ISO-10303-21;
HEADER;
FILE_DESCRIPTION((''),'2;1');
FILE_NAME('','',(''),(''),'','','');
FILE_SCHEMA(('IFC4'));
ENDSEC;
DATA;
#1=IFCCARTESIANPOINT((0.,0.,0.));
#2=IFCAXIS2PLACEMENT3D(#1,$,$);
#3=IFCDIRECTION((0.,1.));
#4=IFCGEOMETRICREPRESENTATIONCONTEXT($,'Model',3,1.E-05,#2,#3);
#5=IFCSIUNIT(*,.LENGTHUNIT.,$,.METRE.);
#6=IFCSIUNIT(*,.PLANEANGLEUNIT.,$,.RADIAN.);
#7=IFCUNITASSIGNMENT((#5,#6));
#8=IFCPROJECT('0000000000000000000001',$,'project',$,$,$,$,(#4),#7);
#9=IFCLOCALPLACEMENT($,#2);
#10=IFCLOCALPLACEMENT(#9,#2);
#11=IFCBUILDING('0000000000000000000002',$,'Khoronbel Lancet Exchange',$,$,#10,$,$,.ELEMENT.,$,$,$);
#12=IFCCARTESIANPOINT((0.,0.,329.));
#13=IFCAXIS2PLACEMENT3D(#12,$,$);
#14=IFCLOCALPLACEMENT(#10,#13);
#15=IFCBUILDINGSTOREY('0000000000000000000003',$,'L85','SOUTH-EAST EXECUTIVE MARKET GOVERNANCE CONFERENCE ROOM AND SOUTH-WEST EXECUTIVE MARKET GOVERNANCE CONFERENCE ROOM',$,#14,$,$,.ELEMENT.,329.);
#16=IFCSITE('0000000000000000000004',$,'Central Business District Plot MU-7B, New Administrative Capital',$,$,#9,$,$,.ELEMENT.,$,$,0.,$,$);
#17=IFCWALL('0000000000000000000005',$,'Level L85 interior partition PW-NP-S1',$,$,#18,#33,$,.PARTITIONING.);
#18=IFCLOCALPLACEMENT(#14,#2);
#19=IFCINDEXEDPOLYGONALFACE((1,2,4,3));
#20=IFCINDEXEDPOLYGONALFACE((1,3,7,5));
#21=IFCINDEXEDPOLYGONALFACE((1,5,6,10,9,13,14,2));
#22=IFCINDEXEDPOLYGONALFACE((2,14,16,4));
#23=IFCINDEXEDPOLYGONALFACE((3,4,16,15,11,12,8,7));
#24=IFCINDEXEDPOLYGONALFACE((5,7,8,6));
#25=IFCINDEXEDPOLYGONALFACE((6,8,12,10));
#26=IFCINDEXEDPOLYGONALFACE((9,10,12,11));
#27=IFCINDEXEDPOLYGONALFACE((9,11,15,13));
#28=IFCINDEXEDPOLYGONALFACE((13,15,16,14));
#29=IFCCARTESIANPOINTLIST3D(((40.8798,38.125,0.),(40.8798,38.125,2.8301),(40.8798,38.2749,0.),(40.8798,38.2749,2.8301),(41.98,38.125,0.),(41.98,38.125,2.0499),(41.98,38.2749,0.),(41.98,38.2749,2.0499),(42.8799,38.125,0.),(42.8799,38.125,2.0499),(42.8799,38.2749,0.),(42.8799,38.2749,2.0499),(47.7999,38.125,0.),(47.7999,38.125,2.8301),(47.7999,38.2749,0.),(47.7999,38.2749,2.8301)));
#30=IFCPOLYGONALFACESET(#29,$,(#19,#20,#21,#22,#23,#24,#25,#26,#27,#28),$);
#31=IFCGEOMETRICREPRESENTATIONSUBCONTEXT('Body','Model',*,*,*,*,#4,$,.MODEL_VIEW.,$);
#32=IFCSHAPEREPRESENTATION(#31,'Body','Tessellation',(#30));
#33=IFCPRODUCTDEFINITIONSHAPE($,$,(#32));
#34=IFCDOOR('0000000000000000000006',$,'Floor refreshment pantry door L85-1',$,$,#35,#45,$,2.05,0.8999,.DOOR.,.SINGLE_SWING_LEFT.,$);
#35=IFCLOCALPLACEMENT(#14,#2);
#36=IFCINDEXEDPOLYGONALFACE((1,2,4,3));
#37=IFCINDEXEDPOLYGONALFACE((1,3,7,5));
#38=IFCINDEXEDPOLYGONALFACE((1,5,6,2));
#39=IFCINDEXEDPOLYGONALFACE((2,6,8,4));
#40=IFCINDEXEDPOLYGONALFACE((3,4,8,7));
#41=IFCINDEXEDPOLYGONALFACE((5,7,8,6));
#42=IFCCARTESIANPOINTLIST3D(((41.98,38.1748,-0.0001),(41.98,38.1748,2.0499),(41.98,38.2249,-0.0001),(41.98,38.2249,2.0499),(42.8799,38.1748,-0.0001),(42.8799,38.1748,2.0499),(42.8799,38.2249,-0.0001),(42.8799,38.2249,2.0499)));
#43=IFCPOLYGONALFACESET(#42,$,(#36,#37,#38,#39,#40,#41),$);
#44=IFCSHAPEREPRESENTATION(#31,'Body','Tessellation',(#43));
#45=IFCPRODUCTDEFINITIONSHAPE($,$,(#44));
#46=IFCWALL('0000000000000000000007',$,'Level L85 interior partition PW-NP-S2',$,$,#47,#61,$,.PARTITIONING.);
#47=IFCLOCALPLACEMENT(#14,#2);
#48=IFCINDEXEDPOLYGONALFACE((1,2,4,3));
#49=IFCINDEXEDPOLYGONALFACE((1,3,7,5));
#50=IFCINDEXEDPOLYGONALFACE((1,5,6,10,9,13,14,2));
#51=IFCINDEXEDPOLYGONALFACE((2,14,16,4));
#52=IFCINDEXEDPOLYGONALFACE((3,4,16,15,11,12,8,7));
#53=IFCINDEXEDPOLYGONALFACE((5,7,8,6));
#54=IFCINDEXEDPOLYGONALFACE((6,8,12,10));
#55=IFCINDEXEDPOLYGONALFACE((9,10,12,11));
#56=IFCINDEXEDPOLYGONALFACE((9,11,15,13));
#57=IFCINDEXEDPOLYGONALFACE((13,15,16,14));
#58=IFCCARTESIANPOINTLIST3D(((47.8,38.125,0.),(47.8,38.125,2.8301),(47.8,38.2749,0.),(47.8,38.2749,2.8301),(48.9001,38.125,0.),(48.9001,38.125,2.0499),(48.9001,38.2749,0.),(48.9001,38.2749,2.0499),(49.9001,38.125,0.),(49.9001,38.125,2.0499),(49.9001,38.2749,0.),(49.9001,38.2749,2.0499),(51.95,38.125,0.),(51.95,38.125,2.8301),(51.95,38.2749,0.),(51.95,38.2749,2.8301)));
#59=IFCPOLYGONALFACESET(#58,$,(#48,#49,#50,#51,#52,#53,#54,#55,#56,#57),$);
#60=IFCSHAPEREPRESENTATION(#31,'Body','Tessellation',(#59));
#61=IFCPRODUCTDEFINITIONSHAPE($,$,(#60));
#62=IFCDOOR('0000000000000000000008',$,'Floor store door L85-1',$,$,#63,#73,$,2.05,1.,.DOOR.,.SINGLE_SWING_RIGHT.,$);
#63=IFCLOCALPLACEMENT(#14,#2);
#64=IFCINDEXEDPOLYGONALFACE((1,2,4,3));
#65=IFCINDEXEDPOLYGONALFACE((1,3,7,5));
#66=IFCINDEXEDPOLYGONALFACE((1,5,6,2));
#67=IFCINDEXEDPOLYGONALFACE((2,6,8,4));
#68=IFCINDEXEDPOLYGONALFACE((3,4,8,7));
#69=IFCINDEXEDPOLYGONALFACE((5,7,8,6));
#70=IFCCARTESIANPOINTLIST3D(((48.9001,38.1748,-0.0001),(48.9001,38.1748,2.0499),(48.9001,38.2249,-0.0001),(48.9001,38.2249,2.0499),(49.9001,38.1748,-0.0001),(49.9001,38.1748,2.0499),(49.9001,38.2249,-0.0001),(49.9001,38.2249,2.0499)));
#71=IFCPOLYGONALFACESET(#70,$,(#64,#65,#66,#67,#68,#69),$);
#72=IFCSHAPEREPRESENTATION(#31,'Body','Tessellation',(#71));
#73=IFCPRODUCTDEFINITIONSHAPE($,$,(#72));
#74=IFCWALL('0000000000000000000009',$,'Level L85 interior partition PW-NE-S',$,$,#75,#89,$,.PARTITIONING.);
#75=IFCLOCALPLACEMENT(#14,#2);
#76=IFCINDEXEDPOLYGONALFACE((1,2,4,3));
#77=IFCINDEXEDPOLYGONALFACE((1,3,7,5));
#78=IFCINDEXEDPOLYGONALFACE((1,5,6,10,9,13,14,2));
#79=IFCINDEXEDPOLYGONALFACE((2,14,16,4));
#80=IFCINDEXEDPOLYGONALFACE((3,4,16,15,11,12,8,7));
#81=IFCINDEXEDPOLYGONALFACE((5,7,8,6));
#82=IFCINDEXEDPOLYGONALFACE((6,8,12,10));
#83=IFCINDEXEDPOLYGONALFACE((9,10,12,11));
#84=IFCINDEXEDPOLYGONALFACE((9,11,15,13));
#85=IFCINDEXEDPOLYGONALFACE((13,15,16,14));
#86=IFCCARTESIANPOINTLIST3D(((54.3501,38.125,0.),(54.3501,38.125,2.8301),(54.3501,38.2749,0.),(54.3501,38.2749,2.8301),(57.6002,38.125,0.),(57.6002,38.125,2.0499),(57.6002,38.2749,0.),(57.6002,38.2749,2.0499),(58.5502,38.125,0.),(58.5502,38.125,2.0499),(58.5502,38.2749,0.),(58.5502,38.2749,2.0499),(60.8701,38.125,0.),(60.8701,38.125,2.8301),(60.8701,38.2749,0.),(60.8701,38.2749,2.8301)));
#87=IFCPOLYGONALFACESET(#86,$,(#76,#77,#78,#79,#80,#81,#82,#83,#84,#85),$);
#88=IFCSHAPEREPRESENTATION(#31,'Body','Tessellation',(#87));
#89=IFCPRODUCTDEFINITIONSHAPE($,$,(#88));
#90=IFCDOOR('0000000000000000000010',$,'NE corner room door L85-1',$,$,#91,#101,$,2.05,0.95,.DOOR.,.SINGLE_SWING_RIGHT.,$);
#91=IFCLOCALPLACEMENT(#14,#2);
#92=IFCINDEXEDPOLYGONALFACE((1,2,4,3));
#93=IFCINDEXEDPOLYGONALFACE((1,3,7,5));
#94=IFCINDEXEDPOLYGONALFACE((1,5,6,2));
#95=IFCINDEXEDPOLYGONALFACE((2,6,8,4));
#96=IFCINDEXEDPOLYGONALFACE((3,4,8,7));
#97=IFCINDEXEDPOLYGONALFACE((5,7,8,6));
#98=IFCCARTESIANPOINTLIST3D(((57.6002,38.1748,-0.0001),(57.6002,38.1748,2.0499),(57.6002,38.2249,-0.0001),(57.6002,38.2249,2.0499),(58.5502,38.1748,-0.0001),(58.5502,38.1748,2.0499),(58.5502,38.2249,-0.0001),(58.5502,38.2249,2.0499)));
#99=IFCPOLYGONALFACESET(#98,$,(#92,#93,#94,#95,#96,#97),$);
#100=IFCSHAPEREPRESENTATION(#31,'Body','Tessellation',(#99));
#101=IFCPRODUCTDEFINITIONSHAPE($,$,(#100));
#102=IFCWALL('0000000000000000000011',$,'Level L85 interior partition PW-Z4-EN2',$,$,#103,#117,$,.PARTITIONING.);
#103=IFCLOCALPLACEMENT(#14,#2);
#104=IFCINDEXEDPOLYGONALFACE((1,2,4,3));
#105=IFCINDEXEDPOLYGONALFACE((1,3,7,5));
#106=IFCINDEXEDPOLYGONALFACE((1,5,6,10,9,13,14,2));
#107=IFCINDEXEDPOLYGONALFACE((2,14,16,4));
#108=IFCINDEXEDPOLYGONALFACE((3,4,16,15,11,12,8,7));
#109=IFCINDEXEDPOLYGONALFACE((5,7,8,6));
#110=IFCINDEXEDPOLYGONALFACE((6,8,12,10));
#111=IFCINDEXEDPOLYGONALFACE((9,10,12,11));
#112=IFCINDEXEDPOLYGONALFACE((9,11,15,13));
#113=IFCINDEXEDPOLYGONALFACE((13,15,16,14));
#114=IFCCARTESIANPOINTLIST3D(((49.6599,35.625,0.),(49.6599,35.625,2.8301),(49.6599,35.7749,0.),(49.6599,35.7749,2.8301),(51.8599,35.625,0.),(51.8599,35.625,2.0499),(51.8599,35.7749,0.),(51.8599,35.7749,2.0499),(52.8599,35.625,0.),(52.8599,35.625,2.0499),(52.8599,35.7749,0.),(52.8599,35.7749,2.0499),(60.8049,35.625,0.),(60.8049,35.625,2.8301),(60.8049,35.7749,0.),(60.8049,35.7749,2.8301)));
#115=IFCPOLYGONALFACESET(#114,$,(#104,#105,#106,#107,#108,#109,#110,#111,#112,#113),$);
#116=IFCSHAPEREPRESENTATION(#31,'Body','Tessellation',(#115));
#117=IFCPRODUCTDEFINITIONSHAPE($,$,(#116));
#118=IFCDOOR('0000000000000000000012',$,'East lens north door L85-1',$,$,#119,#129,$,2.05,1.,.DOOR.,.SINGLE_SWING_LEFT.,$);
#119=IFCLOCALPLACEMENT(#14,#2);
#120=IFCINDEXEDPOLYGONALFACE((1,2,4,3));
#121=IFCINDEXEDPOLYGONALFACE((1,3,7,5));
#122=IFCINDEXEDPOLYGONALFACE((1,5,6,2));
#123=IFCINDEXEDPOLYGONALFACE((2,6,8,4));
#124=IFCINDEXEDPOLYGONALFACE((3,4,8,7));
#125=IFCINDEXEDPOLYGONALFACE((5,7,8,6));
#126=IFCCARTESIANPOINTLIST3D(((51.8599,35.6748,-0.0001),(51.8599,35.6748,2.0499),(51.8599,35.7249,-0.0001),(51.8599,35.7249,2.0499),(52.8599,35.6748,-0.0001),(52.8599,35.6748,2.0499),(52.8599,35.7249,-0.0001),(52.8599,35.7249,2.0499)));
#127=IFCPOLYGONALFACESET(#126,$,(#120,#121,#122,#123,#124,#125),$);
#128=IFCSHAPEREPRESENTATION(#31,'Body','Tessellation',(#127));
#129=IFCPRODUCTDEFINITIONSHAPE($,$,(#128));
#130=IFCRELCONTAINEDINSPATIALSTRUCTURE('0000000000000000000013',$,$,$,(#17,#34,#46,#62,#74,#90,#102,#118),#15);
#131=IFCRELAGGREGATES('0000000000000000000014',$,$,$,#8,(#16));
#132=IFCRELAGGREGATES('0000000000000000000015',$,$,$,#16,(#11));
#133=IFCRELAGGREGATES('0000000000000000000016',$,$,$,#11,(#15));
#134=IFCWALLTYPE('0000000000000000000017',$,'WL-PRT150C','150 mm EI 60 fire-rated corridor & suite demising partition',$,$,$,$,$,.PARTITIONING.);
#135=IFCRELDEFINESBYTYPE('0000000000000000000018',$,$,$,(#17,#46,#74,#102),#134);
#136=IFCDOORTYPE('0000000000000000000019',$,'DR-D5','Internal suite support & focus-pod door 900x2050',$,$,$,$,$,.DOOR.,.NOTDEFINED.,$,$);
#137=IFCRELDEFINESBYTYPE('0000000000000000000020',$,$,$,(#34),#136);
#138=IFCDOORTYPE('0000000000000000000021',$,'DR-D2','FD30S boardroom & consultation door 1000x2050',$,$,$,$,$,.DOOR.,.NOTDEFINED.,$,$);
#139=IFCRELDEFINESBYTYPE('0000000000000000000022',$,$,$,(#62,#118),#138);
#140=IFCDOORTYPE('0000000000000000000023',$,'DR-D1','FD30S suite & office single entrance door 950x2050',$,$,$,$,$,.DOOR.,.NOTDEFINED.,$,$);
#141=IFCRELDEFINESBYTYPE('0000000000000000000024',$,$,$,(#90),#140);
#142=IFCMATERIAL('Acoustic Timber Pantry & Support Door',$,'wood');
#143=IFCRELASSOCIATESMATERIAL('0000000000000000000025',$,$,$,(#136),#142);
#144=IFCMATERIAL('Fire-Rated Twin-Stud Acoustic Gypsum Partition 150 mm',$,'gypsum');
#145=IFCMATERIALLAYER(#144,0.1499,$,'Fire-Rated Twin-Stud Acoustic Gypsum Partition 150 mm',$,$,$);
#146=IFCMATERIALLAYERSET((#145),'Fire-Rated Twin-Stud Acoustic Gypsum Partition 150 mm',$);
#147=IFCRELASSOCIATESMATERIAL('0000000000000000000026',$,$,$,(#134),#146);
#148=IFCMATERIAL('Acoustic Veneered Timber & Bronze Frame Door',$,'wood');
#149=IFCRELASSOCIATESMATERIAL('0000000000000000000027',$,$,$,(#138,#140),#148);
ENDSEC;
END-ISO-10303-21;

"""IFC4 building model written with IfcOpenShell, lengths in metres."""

from ifc_helpers import new_model, si_unit, direction, frame, frame_2d, origin, place, context, subcontext, project, spatial, rectangle, extrude, material, layer, layer_set, type_object, element, fill, save


model = new_model("IFC4")

# Units and contexts
model_context = context("Model", 3, precision=1e-05, world=origin(), true_north=direction((0.0, 1.0)))
body_context = subcontext(model_context, "Body", "Model", "MODEL_VIEW")
ifc_project = project(units=[si_unit("LENGTHUNIT", "METRE"), si_unit("PLANEANGLEUNIT", "RADIAN")], contexts=[model_context])

# Site, building, storey
site_placement = place(None, origin())
site = spatial("IfcSite", under=ifc_project, at=site_placement, Name="Central Business District Plot MU-7B, New Administrative Capital", CompositionType="ELEMENT", RefElevation=0.0)
building_placement = place(site_placement, origin())
building = spatial("IfcBuilding", under=site, at=building_placement, Name="Khoronbel Lancet Exchange", CompositionType="ELEMENT")
storey_placement = place(building_placement, frame((0.0, 0.0, 329.0)))
storey = spatial("IfcBuildingStorey", under=building, at=storey_placement, Name="L85", Description="SOUTH-EAST EXECUTIVE MARKET GOVERNANCE CONFERENCE ROOM AND SOUTH-WEST EXECUTIVE MARKET GOVERNANCE CONFERENCE ROOM", CompositionType="ELEMENT", Elevation=329.0)

# Walls, openings, doors
ifc_material_1 = material(Name="Acoustic Timber Pantry & Support Door", Category="wood")
door_type_1 = type_object("IfcDoorType", Name="DR-D5", Description="Internal suite support & focus-pod door 900x2050", OperationType="NOTDEFINED", PredefinedType="DOOR", material=ifc_material_1)
ifc_material_2 = material(Name="Fire-Rated Twin-Stud Acoustic Gypsum Partition 150 mm", Category="gypsum")
ifc_layer_1 = layer(ifc_material_2, 0.1499, Name="Fire-Rated Twin-Stud Acoustic Gypsum Partition 150 mm")
ifc_layer_set_1 = layer_set([ifc_layer_1], Name="Fire-Rated Twin-Stud Acoustic Gypsum Partition 150 mm")
wall_type_1 = type_object("IfcWallType", Name="WL-PRT150C", Description="150 mm EI 60 fire-rated corridor & suite demising partition", PredefinedType="PARTITIONING", material=ifc_layer_set_1)
wall_1_placement = place(storey_placement, frame((40.8799, 38.2, 0.0), z_axis=(0.0, 0.0, 1.0), x_axis=(1.0, 0.0, 0.0)))
wall_1 = element("IfcWall", 1, at=wall_1_placement, inside=storey, type_object=wall_type_1, Name="Level L85 interior partition PW-NP-S1", PredefinedType="PARTITIONING", context=body_context, shape_type="SweptSolid", body=[
    extrude(rectangle(XDim=6.9202, YDim=0.1499, at=frame_2d((3.46, 0.0))), origin(), (0.0, 0.0, 1.0), 2.8301),
])
opening_1_placement = place(wall_1_placement, frame((1.1001, 0.0, 0.0)))
opening_1 = element("IfcOpeningElement", 2, at=opening_1_placement, cuts=wall_1, PredefinedType="OPENING", context=body_context, shape_type="SweptSolid", body=[
    extrude(rectangle(XDim=0.8999, YDim=2.05, at=frame_2d((0.45, 1.0249))), frame((0.0, 0.085, 0.0), z_axis=(0.0, -1.0, 0.0), x_axis=(1.0, 0.0, 0.0)), (0.0, 0.0, 1.0), 0.1699),
])
door_1_placement = place(opening_1_placement, origin())
door_1 = element("IfcDoor", 3, at=door_1_placement, inside=storey, type_object=door_type_1, Name="Floor refreshment pantry door L85-1", OperationType="SINGLE_SWING_LEFT", OverallHeight=2.05, OverallWidth=0.8999, PredefinedType="DOOR", context=body_context, shape_type="SweptSolid", body=[
    extrude(rectangle(XDim=0.8999, YDim=2.05, at=frame_2d((0.45, 1.0249))), frame((0.0, 0.0249, 0.0), z_axis=(0.0, -1.0, 0.0), x_axis=(1.0, 0.0, 0.0)), (0.0, 0.0, 1.0), 0.05),
])
fill(opening_1, door_1)
wall_2_placement = place(storey_placement, frame((47.8, 38.2, 0.0), z_axis=(0.0, 0.0, 1.0), x_axis=(1.0, 0.0, 0.0)))
wall_2 = element("IfcWall", 4, at=wall_2_placement, inside=storey, type_object=wall_type_1, Name="Level L85 interior partition PW-NP-S2", PredefinedType="PARTITIONING", context=body_context, shape_type="SweptSolid", body=[
    extrude(rectangle(XDim=4.1499, YDim=0.1499, at=frame_2d((2.075, 0.0))), origin(), (0.0, 0.0, 1.0), 2.8301),
])
opening_2_placement = place(wall_2_placement, frame((1.1001, 0.0, 0.0)))
opening_2 = element("IfcOpeningElement", 5, at=opening_2_placement, cuts=wall_2, PredefinedType="OPENING", context=body_context, shape_type="SweptSolid", body=[
    extrude(rectangle(XDim=1.0, YDim=2.05, at=frame_2d((0.5, 1.0249))), frame((0.0, 0.085, 0.0), z_axis=(0.0, -1.0, 0.0), x_axis=(1.0, 0.0, 0.0)), (0.0, 0.0, 1.0), 0.1699),
])
ifc_material_3 = material(Name="Acoustic Veneered Timber & Bronze Frame Door", Category="wood")
door_type_2 = type_object("IfcDoorType", Name="DR-D2", Description="FD30S boardroom & consultation door 1000x2050", OperationType="NOTDEFINED", PredefinedType="DOOR", material=ifc_material_3)
door_2_placement = place(opening_2_placement, origin())
door_2 = element("IfcDoor", 6, at=door_2_placement, inside=storey, type_object=door_type_2, Name="Floor store door L85-1", OperationType="SINGLE_SWING_RIGHT", OverallHeight=2.05, OverallWidth=1.0, PredefinedType="DOOR", context=body_context, shape_type="SweptSolid", body=[
    extrude(rectangle(XDim=1.0, YDim=2.05, at=frame_2d((0.5, 1.0249))), frame((0.0, 0.0249, 0.0), z_axis=(0.0, -1.0, 0.0), x_axis=(1.0, 0.0, 0.0)), (0.0, 0.0, 1.0), 0.05),
])
fill(opening_2, door_2)
wall_3_placement = place(storey_placement, frame((54.3501, 38.2, 0.0), z_axis=(0.0, 0.0, 1.0), x_axis=(1.0, 0.0, 0.0)))
wall_3 = element("IfcWall", 7, at=wall_3_placement, inside=storey, type_object=wall_type_1, Name="Level L85 interior partition PW-NE-S", PredefinedType="PARTITIONING", context=body_context, shape_type="SweptSolid", body=[
    extrude(rectangle(XDim=6.52, YDim=0.1499, at=frame_2d((3.26, 0.0))), origin(), (0.0, 0.0, 1.0), 2.8301),
])
opening_3_placement = place(wall_3_placement, frame((3.25, 0.0, 0.0)))
opening_3 = element("IfcOpeningElement", 8, at=opening_3_placement, cuts=wall_3, PredefinedType="OPENING", context=body_context, shape_type="SweptSolid", body=[
    extrude(rectangle(XDim=0.95, YDim=2.05, at=frame_2d((0.4751, 1.0249))), frame((0.0, 0.085, 0.0), z_axis=(0.0, -1.0, 0.0), x_axis=(1.0, 0.0, 0.0)), (0.0, 0.0, 1.0), 0.1699),
])
door_type_3 = type_object("IfcDoorType", Name="DR-D1", Description="FD30S suite & office single entrance door 950x2050", OperationType="NOTDEFINED", PredefinedType="DOOR", material=ifc_material_3)
door_3_placement = place(opening_3_placement, origin())
door_3 = element("IfcDoor", 9, at=door_3_placement, inside=storey, type_object=door_type_3, Name="NE corner room door L85-1", OperationType="SINGLE_SWING_RIGHT", OverallHeight=2.05, OverallWidth=0.95, PredefinedType="DOOR", context=body_context, shape_type="SweptSolid", body=[
    extrude(rectangle(XDim=0.95, YDim=2.05, at=frame_2d((0.4751, 1.0249))), frame((0.0, 0.0249, 0.0), z_axis=(0.0, -1.0, 0.0), x_axis=(1.0, 0.0, 0.0)), (0.0, 0.0, 1.0), 0.05),
])
fill(opening_3, door_3)
wall_4_placement = place(storey_placement, frame((49.6599, 35.7, 0.0), z_axis=(0.0, 0.0, 1.0), x_axis=(1.0, 0.0, 0.0)))
wall_4 = element("IfcWall", 10, at=wall_4_placement, inside=storey, type_object=wall_type_1, Name="Level L85 interior partition PW-Z4-EN2", PredefinedType="PARTITIONING", context=body_context, shape_type="SweptSolid", body=[
    extrude(rectangle(XDim=11.145, YDim=0.1499, at=frame_2d((5.5725, 0.0))), origin(), (0.0, 0.0, 1.0), 2.8301),
])
opening_4_placement = place(wall_4_placement, frame((2.2, 0.0, 0.0)))
opening_4 = element("IfcOpeningElement", 11, at=opening_4_placement, cuts=wall_4, PredefinedType="OPENING", context=body_context, shape_type="SweptSolid", body=[
    extrude(rectangle(XDim=1.0, YDim=2.05, at=frame_2d((0.5, 1.0249))), frame((0.0, 0.085, 0.0), z_axis=(0.0, -1.0, 0.0), x_axis=(1.0, 0.0, 0.0)), (0.0, 0.0, 1.0), 0.1699),
])
door_4_placement = place(opening_4_placement, origin())
door_4 = element("IfcDoor", 12, at=door_4_placement, inside=storey, type_object=door_type_2, Name="East lens north door L85-1", OperationType="SINGLE_SWING_LEFT", OverallHeight=2.05, OverallWidth=1.0, PredefinedType="DOOR", context=body_context, shape_type="SweptSolid", body=[
    extrude(rectangle(XDim=1.0, YDim=2.05, at=frame_2d((0.5, 1.0249))), frame((0.0, 0.0249, 0.0), z_axis=(0.0, -1.0, 0.0), x_axis=(1.0, 0.0, 0.0)), (0.0, 0.0, 1.0), 0.05),
])
fill(opening_4, door_4)

save(model, "model.ifc")
